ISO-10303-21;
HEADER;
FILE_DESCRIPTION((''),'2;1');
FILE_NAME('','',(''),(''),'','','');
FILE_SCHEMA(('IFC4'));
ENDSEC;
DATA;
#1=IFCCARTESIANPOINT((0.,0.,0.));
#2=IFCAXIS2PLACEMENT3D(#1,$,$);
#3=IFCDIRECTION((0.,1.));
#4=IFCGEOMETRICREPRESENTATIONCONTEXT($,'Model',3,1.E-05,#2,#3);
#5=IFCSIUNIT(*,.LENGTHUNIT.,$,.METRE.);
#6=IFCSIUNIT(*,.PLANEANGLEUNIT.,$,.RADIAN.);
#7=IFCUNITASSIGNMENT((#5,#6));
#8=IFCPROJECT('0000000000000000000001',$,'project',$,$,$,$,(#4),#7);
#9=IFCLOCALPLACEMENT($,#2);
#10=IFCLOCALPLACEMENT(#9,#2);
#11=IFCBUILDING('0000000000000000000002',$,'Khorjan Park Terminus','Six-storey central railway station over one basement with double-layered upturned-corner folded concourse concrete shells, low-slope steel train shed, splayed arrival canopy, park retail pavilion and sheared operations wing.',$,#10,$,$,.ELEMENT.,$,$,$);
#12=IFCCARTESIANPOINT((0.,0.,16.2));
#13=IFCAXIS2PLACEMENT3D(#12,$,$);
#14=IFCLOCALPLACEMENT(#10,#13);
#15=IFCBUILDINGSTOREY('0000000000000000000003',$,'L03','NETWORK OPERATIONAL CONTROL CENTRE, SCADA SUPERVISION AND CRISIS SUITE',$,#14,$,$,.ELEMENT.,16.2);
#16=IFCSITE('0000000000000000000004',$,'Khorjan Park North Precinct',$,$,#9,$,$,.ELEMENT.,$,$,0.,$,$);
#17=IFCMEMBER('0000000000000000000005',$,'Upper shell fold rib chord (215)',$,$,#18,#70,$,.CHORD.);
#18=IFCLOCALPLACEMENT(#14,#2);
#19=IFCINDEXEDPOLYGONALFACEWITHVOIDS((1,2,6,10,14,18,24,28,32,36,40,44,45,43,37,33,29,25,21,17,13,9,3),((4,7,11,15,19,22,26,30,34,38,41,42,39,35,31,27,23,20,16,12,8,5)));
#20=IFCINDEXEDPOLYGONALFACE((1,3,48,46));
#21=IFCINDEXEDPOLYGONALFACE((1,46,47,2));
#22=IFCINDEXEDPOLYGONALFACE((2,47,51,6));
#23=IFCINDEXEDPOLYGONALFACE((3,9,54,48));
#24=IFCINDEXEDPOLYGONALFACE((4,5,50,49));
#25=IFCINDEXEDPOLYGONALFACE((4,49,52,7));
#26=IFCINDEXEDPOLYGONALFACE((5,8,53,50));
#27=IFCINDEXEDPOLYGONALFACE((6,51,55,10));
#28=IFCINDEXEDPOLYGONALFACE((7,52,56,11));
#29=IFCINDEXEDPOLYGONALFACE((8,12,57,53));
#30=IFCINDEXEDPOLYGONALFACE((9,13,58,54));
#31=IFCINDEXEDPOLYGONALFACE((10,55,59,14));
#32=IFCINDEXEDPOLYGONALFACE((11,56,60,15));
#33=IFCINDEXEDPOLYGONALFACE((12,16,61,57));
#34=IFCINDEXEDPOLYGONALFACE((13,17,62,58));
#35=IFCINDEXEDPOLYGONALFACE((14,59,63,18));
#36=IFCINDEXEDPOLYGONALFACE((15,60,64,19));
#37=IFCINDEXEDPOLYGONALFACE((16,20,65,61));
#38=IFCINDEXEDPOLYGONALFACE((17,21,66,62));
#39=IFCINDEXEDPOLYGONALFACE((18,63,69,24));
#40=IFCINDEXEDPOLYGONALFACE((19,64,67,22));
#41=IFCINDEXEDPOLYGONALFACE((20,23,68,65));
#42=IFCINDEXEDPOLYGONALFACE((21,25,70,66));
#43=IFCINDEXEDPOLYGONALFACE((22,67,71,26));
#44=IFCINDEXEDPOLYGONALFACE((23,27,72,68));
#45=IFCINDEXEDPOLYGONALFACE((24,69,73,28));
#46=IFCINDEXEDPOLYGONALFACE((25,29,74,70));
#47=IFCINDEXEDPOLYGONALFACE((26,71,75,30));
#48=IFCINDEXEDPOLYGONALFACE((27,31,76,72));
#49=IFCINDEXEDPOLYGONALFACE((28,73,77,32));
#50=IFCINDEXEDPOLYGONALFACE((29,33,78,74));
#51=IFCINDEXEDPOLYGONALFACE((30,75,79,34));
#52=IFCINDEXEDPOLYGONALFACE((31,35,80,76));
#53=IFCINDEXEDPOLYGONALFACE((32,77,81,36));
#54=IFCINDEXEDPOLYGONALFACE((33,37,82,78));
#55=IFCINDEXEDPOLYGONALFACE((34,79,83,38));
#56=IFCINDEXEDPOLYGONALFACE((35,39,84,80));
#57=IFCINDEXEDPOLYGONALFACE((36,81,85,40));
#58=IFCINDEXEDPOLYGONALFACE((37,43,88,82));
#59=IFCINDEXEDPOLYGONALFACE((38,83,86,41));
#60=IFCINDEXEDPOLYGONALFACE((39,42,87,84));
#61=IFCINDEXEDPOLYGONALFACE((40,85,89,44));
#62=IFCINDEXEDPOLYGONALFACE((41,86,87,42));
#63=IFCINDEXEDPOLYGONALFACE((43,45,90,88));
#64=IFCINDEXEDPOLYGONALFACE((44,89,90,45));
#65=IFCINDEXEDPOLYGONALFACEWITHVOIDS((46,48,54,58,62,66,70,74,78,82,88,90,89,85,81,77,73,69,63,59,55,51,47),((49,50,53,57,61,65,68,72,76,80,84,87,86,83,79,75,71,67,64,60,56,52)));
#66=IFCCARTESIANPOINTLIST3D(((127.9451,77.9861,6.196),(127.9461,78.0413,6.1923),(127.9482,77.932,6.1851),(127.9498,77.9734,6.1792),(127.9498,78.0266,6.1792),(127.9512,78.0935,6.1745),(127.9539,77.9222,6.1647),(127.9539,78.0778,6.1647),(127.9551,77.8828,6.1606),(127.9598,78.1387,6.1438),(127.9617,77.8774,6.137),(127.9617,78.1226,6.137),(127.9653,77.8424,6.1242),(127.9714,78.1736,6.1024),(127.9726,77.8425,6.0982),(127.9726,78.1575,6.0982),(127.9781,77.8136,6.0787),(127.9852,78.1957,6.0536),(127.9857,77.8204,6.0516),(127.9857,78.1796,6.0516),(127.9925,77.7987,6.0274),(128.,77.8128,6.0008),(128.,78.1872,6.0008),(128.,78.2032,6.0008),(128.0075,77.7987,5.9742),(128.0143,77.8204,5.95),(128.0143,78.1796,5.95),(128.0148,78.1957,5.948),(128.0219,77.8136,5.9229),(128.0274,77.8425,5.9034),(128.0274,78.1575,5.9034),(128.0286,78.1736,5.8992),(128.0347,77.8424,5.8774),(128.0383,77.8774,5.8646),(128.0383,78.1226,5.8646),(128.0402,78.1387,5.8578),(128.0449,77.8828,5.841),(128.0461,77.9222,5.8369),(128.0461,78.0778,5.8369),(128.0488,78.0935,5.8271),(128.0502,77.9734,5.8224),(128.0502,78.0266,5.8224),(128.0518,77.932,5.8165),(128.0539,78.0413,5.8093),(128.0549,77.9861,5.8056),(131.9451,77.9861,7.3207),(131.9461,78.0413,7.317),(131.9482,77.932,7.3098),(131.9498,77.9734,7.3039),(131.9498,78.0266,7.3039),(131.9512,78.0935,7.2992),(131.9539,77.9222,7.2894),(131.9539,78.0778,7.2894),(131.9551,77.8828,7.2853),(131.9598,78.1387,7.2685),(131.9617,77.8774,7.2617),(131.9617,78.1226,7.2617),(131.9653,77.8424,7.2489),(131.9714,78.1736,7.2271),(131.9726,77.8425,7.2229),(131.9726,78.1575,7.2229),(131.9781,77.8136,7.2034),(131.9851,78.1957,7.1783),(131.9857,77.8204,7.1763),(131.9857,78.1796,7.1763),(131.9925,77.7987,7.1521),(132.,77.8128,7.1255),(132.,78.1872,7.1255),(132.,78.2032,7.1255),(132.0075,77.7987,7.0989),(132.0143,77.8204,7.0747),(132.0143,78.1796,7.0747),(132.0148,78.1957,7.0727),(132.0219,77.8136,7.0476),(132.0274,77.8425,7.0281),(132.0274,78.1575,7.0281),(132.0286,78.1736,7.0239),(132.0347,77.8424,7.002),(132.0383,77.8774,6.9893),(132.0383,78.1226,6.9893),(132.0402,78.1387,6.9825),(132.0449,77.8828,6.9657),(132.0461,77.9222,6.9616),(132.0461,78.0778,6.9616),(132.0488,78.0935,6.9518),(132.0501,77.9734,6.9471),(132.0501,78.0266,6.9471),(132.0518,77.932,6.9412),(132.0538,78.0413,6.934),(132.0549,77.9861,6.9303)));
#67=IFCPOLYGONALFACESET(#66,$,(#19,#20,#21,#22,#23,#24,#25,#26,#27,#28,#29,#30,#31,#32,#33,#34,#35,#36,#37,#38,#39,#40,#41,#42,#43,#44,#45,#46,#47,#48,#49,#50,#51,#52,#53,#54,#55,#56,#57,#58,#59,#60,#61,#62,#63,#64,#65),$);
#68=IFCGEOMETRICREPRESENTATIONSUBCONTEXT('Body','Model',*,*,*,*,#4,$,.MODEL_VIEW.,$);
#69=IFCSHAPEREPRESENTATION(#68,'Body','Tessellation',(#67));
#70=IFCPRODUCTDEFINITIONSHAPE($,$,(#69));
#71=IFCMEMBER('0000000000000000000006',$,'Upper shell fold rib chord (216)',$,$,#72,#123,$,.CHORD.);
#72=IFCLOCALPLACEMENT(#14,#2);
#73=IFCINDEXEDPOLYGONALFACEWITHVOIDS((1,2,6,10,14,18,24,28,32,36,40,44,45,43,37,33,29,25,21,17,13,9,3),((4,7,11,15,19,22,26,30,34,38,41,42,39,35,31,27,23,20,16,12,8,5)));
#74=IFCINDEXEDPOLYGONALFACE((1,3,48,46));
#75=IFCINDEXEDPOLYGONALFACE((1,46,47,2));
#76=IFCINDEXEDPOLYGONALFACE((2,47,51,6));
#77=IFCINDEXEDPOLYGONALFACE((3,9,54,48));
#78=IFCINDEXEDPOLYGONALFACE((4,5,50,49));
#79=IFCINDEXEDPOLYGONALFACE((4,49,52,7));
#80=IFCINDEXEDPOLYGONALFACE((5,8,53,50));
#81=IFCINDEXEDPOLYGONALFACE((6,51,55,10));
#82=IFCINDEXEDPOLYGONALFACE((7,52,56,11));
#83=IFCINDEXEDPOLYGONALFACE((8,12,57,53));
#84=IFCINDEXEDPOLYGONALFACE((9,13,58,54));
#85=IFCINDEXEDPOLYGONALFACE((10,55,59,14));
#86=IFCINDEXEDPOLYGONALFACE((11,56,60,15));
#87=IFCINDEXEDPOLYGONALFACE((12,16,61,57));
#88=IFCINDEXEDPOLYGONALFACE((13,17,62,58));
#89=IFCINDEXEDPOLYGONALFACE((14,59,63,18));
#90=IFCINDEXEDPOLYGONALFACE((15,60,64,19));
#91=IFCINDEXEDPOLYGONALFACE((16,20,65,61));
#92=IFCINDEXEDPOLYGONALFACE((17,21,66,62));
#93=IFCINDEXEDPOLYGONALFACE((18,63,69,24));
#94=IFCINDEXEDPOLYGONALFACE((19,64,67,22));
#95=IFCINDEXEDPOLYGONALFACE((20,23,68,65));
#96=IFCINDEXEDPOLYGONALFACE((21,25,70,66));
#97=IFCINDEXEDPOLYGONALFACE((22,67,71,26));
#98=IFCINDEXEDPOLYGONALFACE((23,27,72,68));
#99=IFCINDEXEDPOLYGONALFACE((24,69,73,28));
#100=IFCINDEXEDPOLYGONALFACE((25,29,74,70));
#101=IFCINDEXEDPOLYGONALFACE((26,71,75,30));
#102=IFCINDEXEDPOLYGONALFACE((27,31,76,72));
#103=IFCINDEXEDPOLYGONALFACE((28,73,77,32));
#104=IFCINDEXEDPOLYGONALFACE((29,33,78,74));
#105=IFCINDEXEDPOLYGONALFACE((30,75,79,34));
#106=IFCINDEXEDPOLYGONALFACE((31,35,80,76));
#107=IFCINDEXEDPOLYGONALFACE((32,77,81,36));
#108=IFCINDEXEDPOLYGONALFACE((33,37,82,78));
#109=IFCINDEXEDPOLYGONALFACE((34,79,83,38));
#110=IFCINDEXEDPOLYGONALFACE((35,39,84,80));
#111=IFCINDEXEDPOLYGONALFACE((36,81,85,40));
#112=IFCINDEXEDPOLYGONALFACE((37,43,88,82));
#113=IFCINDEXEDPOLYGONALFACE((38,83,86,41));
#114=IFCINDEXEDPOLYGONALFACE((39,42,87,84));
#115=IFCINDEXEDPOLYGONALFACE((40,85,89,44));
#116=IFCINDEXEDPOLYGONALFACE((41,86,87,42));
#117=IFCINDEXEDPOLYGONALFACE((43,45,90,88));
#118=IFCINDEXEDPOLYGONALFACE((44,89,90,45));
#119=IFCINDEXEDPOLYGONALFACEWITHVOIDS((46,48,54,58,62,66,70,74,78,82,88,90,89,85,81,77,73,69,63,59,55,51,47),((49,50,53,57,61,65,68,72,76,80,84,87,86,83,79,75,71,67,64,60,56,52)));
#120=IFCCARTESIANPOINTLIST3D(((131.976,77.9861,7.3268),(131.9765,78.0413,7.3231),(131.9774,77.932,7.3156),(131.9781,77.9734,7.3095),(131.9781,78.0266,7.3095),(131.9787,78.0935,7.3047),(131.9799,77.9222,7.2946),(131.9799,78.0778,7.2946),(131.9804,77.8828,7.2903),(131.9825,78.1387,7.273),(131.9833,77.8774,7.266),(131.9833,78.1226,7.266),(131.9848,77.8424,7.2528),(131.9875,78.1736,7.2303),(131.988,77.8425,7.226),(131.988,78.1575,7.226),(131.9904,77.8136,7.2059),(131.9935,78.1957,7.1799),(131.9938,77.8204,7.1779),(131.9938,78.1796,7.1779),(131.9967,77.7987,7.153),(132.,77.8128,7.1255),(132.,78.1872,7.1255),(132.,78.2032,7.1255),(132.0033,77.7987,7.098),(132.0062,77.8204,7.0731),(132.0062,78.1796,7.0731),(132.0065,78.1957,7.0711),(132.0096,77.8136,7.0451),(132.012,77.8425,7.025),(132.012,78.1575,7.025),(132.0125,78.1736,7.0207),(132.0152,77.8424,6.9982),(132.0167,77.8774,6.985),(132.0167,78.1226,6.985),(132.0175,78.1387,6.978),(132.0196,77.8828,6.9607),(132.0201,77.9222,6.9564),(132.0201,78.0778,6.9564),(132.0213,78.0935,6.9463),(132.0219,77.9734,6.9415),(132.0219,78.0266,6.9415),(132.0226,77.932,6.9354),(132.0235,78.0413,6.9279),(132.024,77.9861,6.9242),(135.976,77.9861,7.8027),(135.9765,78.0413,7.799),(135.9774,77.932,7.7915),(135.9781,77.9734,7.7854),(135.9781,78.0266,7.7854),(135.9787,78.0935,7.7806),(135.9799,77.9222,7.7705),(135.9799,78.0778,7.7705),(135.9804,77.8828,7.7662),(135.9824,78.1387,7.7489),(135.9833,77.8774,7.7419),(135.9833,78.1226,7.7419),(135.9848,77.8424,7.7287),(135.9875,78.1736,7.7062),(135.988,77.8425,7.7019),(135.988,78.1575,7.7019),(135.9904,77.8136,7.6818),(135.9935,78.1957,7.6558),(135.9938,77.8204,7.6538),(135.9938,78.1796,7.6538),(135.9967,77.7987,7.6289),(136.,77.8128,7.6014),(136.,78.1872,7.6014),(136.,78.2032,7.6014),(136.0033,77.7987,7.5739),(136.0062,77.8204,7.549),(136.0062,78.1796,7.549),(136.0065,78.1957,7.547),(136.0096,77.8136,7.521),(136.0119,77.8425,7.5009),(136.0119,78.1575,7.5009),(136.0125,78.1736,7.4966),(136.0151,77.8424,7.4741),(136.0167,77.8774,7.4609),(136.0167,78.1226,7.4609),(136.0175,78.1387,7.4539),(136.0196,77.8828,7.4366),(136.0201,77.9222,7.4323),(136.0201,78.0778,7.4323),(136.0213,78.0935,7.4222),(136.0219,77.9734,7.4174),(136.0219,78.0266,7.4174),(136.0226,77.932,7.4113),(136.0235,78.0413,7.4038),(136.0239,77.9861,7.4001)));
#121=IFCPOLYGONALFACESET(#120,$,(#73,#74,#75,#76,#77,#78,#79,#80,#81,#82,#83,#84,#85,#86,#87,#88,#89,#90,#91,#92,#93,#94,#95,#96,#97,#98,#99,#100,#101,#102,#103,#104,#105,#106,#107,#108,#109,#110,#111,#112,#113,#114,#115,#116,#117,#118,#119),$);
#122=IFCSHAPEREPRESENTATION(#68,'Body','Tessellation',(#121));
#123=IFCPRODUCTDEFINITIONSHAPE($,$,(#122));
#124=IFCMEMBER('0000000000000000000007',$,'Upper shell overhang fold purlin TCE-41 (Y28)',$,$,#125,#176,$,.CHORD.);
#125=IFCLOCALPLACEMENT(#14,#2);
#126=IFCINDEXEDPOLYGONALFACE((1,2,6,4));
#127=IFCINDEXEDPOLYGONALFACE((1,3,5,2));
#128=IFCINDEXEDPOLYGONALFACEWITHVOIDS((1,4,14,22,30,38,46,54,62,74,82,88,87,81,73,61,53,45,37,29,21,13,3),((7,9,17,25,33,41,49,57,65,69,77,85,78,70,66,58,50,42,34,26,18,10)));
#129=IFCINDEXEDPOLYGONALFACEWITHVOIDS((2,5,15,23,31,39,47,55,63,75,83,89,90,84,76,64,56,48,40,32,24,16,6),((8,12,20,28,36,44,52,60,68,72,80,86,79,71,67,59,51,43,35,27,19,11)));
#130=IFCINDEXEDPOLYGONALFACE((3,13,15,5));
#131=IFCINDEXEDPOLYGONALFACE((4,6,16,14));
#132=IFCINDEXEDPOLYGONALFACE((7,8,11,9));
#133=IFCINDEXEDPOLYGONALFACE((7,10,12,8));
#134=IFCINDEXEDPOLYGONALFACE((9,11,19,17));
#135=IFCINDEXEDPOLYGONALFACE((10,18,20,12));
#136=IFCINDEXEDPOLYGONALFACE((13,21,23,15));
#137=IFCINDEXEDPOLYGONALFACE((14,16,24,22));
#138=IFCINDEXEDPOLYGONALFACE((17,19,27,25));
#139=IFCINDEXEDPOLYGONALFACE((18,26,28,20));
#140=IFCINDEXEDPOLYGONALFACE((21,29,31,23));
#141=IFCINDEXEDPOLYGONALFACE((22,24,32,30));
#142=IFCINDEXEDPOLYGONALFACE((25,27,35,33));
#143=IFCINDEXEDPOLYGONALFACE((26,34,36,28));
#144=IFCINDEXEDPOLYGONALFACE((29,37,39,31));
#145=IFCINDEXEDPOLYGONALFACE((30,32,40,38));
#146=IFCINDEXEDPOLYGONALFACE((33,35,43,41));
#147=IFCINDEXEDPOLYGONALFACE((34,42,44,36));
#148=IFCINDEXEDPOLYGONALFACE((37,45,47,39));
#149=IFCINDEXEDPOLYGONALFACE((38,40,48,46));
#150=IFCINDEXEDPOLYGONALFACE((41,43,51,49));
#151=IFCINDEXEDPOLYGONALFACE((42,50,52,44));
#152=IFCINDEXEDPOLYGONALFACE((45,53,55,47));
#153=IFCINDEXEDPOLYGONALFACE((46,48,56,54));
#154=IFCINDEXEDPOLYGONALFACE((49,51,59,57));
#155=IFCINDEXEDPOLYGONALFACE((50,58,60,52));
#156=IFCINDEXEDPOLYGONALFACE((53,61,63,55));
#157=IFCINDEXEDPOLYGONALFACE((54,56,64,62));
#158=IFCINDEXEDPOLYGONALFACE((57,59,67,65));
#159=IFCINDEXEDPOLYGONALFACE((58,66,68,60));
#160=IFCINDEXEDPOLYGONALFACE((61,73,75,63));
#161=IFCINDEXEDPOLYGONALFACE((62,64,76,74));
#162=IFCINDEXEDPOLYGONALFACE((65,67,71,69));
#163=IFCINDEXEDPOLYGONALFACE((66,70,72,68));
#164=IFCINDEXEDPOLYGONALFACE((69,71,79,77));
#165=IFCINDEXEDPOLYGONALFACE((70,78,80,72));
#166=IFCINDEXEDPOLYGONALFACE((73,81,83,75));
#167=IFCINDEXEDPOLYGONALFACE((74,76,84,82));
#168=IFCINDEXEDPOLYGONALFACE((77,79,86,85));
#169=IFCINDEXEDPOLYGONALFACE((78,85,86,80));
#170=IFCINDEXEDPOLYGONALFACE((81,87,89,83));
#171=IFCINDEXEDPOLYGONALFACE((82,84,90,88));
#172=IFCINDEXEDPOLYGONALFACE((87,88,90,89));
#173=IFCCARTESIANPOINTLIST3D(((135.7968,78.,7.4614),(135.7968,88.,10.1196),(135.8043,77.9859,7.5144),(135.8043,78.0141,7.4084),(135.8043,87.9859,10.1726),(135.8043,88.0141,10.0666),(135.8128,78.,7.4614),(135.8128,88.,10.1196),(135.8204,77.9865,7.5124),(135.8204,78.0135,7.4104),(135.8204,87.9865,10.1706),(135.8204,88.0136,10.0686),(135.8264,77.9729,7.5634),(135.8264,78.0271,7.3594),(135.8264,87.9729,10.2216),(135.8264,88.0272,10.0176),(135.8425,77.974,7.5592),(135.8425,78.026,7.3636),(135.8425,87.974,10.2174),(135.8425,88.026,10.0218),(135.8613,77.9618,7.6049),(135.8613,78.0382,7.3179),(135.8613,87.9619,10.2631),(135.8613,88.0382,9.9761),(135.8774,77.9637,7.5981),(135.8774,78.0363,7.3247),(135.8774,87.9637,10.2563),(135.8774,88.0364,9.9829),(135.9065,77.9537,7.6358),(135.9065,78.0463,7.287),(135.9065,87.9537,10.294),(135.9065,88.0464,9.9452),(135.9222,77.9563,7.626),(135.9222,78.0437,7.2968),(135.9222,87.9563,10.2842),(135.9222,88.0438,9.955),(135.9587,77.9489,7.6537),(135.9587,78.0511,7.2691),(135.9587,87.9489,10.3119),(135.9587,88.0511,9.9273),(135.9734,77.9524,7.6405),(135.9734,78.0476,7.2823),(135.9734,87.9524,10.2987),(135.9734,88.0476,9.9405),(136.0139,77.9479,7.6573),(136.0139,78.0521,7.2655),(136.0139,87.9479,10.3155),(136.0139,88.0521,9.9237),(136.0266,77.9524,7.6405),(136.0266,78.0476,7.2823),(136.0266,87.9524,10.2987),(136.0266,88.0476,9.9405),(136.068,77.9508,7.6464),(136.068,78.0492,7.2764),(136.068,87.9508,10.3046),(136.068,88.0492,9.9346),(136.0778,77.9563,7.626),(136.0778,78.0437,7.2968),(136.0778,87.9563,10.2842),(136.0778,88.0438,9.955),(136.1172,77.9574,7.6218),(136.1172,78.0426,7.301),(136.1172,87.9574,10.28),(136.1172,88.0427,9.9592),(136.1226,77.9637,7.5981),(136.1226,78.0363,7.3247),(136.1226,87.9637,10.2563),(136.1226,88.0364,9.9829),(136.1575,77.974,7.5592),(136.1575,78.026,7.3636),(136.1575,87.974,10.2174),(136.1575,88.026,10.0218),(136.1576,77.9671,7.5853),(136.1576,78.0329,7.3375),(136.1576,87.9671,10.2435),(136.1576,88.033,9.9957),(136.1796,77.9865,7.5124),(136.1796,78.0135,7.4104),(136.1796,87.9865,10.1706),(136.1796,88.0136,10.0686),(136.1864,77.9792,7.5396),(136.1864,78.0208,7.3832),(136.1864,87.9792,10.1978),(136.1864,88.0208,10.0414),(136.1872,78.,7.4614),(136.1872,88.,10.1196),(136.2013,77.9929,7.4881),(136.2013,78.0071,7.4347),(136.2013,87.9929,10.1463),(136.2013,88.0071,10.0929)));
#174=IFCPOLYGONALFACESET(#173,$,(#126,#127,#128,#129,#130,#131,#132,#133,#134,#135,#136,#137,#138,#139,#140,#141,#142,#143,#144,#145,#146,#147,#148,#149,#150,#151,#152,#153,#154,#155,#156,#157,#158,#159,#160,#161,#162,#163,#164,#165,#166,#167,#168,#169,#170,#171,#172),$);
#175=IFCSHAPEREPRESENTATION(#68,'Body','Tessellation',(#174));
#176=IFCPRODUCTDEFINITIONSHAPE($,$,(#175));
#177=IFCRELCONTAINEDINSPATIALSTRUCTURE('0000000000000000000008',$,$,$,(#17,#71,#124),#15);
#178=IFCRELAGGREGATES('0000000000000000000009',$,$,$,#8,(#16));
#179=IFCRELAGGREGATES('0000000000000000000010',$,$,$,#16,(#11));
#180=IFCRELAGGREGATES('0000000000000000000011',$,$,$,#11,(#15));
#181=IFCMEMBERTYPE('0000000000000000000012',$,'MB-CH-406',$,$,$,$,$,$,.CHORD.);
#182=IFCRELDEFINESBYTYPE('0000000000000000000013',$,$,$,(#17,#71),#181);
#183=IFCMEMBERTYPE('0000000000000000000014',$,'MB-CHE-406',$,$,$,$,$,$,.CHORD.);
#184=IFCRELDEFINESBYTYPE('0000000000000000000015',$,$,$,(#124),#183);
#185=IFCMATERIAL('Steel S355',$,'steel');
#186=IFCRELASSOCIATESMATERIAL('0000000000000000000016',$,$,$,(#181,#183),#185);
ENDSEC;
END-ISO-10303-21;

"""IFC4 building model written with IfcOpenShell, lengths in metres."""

from ifc_helpers import new_model, si_unit, direction, frame, origin, origin_2d, place, context, subcontext, project, spatial, hollow_circle, extrude, material, material_profile, profile_set, type_object, element, save


model = new_model("IFC4")

# Units and contexts
model_context = context("Model", 3, precision=1e-05, world=origin(), true_north=direction((0.0, 1.0)))
body_context = subcontext(model_context, "Body", "Model", "MODEL_VIEW")
ifc_project = project(units=[si_unit("LENGTHUNIT", "METRE"), si_unit("PLANEANGLEUNIT", "RADIAN")], contexts=[model_context])

# Site, building, storey
site_placement = place(None, origin())
site = spatial("IfcSite", under=ifc_project, at=site_placement, Name="Khorjan Park North Precinct", CompositionType="ELEMENT", RefElevation=0.0)
building_placement = place(site_placement, origin())
building = spatial("IfcBuilding", under=site, at=building_placement, Name="Khorjan Park Terminus", Description="Six-storey central railway station over one basement with double-layered upturned-corner folded concourse concrete shells, low-slope steel train shed, splayed arrival canopy, park retail pavilion and sheared operations wing.", CompositionType="ELEMENT")
storey_placement = place(building_placement, frame((0.0, 0.0, 16.2)))
storey = spatial("IfcBuildingStorey", under=building, at=storey_placement, Name="L03", Description="NETWORK OPERATIONAL CONTROL CENTRE, SCADA SUPERVISION AND CRISIS SUITE", CompositionType="ELEMENT", Elevation=16.2)

# Members
ifc_material_1 = material(Name="Steel S355", Category="steel")
ifc_material_profile_1 = material_profile(ifc_material_1, hollow_circle(Radius=0.2032, WallThickness=0.016, at=origin_2d()), Name="CHS 406.4x16")
ifc_profile_set_1 = profile_set([ifc_material_profile_1], Name="Steel S355")
member_type_1 = type_object("IfcMemberType", Name="MB-CH-406", PredefinedType="CHORD", material=ifc_profile_set_1)
member_1_placement = place(storey_placement, frame((128.0, 78.0, 6.0008), z_axis=(0.96267, 0.0, 0.270679), x_axis=(0.0, 1.0, 0.0)))
element("IfcMember", 1, at=member_1_placement, inside=storey, type_object=member_type_1, Name="Upper shell fold rib chord (215)", PredefinedType="CHORD", context=body_context, shape_type="SweptSolid", body=[
    extrude(hollow_circle(Radius=0.2032, WallThickness=0.016, at=origin_2d()), origin(), (0.0, 0.0, 1.0), 4.1551),
])
member_2_placement = place(storey_placement, frame((132.0, 78.0, 7.1255), z_axis=(0.992997, 0.0, 0.118142), x_axis=(0.0, 1.0, 0.0)))
element("IfcMember", 2, at=member_2_placement, inside=storey, type_object=member_type_1, Name="Upper shell fold rib chord (216)", PredefinedType="CHORD", context=body_context, shape_type="SweptSolid", body=[
    extrude(hollow_circle(Radius=0.2032, WallThickness=0.016, at=origin_2d()), origin(), (0.0, 0.0, 1.0), 4.0282),
])
ifc_material_profile_2 = material_profile(ifc_material_1, hollow_circle(Radius=0.2032, WallThickness=0.016, at=origin_2d()), Name="CHS 406.4x16")
ifc_profile_set_2 = profile_set([ifc_material_profile_2], Name="Steel S355")
member_type_2 = type_object("IfcMemberType", Name="MB-CHE-406", PredefinedType="CHORD", material=ifc_profile_set_2)
member_3_placement = place(storey_placement, frame((136.0, 78.0, 7.4614), z_axis=(0.0, 0.966438, 0.256899), x_axis=(-1.0, 0.0, 0.0)))
element("IfcMember", 3, at=member_3_placement, inside=storey, type_object=member_type_2, Name="Upper shell overhang fold purlin TCE-41 (Y28)", PredefinedType="CHORD", context=body_context, shape_type="SweptSolid", body=[
    extrude(hollow_circle(Radius=0.2032, WallThickness=0.016, at=origin_2d()), origin(), (0.0, 0.0, 1.0), 10.3473),
])

save(model, "model.ifc")
